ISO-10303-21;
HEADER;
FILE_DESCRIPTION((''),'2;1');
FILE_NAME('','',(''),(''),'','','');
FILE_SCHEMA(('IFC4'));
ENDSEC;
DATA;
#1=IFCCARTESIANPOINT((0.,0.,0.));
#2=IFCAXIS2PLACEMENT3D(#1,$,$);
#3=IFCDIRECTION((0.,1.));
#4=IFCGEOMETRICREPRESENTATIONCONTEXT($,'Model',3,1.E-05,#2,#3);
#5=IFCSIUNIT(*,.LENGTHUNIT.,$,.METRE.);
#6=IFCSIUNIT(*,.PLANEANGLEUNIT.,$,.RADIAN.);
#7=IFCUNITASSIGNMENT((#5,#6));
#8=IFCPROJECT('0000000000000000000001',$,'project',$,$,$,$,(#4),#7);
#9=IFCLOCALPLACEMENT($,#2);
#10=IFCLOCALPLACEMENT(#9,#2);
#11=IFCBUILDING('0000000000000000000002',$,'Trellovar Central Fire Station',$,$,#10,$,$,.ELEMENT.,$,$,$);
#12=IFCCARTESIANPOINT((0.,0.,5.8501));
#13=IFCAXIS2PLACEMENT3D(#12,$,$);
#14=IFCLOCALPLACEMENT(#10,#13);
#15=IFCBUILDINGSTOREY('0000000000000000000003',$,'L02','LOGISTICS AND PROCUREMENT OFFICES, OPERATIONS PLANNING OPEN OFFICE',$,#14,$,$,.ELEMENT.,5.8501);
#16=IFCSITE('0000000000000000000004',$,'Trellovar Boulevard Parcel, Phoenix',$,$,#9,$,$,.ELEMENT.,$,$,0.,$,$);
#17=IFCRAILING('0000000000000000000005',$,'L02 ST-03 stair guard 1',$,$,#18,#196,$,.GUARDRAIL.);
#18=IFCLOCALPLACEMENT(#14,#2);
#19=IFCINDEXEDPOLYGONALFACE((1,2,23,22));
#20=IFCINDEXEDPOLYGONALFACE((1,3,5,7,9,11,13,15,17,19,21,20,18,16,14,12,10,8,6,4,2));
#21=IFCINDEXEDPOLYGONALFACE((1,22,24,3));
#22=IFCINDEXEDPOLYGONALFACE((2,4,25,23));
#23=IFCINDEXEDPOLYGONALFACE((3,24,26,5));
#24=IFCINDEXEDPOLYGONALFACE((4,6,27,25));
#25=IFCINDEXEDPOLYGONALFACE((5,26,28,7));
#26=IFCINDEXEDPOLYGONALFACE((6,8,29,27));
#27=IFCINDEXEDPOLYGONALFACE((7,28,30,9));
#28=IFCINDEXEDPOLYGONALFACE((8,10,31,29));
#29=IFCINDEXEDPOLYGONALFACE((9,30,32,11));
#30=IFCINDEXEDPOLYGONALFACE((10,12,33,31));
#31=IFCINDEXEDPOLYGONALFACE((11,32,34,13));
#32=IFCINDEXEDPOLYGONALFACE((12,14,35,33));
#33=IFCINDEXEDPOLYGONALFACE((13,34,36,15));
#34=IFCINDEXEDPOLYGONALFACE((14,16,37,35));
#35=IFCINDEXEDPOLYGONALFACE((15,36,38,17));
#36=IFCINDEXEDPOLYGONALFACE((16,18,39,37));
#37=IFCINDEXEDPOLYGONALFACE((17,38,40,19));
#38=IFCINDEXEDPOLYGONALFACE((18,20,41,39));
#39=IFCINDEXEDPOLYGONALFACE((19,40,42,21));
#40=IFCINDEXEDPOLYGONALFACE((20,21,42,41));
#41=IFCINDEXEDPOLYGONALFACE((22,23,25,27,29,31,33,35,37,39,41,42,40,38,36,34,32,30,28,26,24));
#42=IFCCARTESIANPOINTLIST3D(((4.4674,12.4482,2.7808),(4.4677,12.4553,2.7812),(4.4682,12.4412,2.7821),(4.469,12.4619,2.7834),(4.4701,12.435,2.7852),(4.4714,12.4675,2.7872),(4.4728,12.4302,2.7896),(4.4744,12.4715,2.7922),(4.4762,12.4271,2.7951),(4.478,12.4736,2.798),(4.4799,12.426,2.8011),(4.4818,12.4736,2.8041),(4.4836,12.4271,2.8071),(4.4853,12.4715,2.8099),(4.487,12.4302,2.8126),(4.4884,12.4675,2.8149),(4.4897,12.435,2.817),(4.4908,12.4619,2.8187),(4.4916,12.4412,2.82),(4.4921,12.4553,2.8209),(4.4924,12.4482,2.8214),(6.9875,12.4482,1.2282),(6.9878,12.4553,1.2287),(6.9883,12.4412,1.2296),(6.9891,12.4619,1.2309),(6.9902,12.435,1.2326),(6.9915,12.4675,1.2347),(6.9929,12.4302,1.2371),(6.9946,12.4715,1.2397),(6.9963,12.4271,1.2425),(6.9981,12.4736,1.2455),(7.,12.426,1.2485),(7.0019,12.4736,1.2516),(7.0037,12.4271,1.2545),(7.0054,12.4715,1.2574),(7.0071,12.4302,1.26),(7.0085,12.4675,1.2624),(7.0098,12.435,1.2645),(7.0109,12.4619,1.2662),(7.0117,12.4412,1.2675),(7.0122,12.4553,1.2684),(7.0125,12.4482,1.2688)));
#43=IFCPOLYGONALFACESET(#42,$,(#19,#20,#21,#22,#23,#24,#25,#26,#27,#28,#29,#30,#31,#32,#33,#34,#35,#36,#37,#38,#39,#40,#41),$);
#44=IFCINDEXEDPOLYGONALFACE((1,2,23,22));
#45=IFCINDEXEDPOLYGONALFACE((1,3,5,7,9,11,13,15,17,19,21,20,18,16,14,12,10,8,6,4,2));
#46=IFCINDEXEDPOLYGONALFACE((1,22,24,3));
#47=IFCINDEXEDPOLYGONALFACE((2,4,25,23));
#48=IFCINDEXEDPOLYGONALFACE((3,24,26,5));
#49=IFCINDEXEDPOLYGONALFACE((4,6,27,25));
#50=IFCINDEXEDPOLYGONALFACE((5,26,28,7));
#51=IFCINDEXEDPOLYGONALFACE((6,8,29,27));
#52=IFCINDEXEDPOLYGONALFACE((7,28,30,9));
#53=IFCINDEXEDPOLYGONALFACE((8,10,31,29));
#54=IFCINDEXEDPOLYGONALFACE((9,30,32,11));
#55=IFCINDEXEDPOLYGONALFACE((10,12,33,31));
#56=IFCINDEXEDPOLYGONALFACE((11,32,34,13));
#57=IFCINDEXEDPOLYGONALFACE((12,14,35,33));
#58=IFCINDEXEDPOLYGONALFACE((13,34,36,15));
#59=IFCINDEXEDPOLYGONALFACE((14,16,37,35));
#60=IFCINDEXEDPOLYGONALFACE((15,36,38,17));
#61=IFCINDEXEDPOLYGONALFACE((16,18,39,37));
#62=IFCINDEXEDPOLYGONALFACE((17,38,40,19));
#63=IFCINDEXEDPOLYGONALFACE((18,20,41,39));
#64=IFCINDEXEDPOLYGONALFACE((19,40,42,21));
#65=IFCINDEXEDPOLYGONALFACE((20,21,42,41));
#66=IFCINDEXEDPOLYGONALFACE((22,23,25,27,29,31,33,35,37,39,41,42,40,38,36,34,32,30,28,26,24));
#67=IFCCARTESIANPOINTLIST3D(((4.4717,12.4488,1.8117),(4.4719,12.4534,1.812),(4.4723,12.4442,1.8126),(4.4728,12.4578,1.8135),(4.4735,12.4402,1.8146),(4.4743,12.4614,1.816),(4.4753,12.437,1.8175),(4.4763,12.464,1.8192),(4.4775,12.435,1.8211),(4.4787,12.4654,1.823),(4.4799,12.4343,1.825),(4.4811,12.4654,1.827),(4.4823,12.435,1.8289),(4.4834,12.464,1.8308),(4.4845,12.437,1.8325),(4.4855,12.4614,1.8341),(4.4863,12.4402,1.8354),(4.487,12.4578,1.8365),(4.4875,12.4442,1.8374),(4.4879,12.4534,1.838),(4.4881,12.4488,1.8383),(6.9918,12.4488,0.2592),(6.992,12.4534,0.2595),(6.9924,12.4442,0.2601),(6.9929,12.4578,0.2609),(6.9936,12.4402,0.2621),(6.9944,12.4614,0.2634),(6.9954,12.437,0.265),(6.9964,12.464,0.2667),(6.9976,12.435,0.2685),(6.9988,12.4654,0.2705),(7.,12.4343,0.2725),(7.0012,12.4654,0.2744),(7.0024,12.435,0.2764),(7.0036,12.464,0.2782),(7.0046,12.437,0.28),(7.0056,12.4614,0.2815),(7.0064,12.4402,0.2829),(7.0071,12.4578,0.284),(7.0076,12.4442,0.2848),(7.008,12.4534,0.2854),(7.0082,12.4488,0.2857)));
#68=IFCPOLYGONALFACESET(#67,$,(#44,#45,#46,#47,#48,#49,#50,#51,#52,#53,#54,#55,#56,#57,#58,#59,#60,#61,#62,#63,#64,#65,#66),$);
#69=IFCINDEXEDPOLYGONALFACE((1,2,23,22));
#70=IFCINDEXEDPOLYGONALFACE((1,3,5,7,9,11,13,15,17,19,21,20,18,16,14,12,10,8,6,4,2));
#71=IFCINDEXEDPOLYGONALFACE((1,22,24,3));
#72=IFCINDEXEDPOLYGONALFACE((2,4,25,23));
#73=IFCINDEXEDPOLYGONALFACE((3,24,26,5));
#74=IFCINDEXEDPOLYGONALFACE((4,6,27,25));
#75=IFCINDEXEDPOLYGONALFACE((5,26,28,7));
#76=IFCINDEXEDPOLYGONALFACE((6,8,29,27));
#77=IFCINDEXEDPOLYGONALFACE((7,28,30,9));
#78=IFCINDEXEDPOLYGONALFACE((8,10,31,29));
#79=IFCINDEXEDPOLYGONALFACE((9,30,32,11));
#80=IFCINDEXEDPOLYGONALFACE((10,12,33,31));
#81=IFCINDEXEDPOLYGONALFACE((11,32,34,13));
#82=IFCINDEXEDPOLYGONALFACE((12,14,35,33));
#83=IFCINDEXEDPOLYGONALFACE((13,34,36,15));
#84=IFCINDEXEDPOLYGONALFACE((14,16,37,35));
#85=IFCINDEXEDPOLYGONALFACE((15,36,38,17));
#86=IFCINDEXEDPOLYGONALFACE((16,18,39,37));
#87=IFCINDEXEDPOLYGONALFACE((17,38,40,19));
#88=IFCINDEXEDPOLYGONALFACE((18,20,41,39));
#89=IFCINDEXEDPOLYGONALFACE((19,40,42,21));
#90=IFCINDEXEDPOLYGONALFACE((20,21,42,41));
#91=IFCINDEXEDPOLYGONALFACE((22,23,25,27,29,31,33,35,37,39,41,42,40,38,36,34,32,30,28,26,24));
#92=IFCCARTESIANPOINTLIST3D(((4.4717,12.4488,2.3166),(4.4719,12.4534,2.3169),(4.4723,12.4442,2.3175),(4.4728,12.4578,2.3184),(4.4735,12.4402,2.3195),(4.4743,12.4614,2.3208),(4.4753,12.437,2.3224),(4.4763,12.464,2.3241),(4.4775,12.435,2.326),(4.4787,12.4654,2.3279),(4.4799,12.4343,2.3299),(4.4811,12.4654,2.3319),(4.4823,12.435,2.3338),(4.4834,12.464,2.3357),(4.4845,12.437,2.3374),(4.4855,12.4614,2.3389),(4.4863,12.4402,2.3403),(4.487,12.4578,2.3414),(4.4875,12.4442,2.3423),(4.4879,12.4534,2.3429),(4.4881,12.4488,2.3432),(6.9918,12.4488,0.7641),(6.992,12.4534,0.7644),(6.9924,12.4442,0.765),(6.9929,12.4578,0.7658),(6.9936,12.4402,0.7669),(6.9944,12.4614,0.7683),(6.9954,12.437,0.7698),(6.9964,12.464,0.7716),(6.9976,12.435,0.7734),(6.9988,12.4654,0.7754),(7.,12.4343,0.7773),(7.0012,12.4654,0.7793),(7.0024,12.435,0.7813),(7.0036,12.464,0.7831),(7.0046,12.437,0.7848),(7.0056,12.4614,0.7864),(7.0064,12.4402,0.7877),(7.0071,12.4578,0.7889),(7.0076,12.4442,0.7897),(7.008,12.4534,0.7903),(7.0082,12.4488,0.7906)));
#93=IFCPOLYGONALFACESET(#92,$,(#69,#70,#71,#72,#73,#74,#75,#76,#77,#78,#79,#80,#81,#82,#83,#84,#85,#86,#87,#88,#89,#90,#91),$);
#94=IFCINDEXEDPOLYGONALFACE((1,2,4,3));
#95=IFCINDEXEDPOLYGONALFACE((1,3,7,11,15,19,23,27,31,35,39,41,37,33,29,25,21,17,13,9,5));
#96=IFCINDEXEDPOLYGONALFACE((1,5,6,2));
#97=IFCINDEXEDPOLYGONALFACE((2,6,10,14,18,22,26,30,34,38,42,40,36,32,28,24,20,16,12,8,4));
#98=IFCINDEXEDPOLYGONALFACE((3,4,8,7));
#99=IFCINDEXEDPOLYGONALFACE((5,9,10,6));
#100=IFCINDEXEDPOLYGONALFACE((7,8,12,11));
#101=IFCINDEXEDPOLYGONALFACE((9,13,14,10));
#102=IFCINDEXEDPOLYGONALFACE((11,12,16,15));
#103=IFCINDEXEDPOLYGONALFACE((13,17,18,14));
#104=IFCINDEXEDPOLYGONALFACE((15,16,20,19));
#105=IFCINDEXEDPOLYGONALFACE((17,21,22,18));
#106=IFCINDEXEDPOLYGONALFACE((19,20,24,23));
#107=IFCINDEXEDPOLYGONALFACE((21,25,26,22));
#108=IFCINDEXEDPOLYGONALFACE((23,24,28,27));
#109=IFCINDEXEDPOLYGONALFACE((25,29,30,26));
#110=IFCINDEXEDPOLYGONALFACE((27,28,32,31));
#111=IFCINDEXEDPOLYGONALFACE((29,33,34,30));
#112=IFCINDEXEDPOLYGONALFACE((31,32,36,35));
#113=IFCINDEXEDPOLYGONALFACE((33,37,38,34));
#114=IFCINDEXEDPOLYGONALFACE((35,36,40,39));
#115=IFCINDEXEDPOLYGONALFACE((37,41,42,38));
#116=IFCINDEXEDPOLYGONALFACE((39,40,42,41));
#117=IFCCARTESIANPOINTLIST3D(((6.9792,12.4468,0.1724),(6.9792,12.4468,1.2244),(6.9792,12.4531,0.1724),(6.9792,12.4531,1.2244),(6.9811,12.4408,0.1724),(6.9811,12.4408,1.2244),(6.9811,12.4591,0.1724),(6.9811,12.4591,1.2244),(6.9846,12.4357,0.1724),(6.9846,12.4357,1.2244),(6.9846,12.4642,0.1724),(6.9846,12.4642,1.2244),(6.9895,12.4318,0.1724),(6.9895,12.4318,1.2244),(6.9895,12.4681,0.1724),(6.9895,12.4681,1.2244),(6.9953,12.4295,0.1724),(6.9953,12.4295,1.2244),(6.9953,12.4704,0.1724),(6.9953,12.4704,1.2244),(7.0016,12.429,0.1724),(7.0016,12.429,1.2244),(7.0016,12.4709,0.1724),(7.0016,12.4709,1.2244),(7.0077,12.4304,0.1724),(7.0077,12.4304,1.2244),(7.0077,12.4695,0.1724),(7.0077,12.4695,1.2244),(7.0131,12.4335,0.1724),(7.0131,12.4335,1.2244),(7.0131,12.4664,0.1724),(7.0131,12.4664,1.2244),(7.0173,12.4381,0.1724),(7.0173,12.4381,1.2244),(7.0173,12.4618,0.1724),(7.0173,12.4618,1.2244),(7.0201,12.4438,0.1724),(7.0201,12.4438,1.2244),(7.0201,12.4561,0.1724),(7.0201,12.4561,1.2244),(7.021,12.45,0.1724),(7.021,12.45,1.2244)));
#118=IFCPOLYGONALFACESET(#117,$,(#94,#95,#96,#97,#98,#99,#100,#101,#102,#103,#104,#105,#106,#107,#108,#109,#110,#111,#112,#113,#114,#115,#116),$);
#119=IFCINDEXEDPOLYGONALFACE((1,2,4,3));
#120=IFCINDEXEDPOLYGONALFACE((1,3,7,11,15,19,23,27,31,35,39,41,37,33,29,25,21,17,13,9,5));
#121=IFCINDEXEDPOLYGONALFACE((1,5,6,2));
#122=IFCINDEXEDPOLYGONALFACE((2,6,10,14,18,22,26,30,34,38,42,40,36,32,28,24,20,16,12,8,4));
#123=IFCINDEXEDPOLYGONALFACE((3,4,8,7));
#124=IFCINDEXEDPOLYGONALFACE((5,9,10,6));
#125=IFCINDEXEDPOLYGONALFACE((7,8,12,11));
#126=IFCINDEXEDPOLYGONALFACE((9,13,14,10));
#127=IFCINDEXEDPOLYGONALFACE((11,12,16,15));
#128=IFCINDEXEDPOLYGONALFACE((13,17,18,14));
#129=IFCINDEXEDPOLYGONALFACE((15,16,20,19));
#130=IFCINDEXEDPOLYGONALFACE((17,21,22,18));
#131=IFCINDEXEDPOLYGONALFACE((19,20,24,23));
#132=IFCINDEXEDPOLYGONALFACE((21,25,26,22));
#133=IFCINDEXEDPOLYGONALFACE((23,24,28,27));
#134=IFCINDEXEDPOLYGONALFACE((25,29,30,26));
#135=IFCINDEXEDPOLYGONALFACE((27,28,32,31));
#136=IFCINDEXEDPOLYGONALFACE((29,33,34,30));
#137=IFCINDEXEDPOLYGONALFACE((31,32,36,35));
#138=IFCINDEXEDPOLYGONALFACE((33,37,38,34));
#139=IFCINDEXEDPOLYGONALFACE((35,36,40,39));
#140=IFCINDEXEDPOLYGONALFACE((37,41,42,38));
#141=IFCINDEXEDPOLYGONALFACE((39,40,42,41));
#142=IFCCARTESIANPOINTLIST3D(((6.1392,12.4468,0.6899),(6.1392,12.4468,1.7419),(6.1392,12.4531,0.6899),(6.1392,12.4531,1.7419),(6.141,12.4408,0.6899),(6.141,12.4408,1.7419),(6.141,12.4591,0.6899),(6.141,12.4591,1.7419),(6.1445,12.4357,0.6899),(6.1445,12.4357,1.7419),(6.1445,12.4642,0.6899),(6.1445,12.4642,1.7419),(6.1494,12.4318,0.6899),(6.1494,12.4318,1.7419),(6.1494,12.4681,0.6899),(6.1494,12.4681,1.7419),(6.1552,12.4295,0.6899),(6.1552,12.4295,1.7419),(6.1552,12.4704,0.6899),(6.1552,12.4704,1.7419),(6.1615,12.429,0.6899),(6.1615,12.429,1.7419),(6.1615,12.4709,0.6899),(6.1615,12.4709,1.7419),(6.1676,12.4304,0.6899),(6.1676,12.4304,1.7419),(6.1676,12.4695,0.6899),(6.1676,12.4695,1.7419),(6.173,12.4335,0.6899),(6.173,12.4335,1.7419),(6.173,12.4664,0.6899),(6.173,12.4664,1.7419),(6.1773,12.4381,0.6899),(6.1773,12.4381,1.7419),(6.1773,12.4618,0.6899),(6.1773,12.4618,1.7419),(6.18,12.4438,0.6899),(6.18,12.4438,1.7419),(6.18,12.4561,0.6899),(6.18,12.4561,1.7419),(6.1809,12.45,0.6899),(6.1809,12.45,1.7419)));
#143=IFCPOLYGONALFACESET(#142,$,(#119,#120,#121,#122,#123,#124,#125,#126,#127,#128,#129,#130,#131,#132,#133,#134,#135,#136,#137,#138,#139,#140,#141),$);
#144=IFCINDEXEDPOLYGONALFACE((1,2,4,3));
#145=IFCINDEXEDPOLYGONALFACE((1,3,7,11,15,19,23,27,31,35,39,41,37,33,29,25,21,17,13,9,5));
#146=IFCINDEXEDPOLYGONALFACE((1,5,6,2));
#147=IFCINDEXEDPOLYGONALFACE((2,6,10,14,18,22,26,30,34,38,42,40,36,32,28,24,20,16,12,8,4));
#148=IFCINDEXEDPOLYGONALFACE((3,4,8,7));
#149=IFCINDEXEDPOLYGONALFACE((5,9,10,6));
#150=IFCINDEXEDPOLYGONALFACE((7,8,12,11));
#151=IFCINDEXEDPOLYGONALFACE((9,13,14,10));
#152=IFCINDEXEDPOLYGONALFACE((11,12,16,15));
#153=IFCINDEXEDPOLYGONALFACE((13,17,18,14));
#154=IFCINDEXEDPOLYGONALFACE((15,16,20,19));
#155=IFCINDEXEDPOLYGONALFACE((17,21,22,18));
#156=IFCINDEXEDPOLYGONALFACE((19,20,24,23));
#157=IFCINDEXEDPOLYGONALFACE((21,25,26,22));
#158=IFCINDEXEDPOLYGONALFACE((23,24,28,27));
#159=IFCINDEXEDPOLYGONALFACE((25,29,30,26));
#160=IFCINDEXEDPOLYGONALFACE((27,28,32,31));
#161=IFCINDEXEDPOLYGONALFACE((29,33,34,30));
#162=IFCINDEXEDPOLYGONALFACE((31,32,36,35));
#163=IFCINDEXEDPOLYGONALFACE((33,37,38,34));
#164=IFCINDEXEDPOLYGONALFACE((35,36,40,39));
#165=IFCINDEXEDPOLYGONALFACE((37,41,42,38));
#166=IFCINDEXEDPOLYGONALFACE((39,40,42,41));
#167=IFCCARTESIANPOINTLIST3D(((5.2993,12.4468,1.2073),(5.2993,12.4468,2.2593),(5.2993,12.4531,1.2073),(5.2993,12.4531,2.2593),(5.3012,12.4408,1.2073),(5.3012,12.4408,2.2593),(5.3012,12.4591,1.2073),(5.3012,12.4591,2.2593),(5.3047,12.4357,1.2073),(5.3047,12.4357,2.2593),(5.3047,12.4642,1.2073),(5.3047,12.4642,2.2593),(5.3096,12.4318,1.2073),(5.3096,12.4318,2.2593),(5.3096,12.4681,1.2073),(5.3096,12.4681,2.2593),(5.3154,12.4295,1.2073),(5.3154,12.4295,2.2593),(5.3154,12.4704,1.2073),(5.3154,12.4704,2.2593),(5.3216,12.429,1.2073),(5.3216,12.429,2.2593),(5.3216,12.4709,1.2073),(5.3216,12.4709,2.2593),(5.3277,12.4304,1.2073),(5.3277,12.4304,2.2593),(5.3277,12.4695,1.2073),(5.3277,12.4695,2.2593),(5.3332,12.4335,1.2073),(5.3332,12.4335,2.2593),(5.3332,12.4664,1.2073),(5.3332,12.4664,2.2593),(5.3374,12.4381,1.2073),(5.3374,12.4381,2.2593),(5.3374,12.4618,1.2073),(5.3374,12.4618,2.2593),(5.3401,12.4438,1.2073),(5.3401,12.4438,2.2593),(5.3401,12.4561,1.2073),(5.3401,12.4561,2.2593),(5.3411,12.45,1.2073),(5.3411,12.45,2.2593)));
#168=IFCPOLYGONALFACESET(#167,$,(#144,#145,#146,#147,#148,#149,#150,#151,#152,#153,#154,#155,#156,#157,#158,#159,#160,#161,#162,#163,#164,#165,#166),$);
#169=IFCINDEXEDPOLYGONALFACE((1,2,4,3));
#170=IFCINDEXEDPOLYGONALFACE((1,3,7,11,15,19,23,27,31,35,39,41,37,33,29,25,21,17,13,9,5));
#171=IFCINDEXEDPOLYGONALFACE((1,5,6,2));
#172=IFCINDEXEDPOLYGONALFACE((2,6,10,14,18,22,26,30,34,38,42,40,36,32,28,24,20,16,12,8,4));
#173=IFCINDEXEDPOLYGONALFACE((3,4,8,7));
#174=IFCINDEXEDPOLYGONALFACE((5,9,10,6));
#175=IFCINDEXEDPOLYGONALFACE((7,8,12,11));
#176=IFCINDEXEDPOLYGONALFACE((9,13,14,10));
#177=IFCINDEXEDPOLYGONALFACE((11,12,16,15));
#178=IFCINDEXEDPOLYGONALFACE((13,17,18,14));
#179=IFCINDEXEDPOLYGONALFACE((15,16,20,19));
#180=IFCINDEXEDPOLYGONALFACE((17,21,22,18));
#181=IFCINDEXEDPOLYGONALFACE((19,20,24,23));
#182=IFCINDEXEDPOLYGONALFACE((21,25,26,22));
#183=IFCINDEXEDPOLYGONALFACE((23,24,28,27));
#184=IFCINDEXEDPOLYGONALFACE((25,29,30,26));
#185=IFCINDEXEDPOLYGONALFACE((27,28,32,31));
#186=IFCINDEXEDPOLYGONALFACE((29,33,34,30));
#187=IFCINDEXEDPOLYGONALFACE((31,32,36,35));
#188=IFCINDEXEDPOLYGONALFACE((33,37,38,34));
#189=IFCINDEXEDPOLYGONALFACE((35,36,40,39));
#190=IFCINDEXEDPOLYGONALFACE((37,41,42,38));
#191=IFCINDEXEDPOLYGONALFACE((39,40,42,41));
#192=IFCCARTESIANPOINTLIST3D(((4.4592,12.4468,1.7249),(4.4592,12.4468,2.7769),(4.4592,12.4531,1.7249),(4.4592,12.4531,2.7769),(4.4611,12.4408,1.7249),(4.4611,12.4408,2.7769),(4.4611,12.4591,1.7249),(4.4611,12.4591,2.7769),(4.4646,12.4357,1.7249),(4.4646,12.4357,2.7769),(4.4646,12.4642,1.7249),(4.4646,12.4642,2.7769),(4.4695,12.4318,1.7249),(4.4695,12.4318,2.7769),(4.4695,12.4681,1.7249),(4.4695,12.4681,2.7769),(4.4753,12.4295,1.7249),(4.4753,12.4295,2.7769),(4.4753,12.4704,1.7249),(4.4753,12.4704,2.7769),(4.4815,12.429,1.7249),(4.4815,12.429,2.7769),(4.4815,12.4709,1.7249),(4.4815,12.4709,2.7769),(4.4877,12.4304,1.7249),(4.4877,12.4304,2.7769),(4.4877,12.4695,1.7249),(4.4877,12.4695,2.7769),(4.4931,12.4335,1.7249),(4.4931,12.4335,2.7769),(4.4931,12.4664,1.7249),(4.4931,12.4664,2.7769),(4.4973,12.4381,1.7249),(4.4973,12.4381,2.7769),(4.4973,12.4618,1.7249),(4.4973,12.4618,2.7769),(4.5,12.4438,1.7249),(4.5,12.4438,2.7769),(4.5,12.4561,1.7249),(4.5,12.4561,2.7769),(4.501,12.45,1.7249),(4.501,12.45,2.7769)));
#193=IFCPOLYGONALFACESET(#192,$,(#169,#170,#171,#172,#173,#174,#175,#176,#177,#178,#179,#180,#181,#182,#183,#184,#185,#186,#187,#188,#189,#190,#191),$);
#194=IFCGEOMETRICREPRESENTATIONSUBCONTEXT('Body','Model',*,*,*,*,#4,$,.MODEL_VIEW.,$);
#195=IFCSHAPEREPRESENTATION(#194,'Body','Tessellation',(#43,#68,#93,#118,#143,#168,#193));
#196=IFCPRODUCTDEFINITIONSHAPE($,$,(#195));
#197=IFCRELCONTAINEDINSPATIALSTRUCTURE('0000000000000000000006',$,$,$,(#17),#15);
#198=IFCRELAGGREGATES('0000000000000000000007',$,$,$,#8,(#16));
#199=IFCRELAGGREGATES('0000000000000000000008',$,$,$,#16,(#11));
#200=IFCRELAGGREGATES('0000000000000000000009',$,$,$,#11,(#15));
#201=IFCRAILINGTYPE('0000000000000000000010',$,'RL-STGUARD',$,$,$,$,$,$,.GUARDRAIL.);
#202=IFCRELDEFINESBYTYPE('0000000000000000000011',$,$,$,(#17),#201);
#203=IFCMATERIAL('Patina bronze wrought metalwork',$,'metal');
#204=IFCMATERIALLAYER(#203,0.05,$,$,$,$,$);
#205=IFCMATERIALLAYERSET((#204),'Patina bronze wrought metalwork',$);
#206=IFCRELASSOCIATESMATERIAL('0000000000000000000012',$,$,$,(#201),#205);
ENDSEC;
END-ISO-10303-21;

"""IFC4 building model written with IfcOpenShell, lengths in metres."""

from ifc_helpers import new_model, si_unit, direction, frame, origin, origin_2d, place, context, subcontext, project, spatial, circle, extrude, material, layer, layer_set, type_object, element, save


model = new_model("IFC4")

# Units and contexts
model_context = context("Model", 3, precision=1e-05, world=origin(), true_north=direction((0.0, 1.0)))
body_context = subcontext(model_context, "Body", "Model", "MODEL_VIEW")
ifc_project = project(units=[si_unit("LENGTHUNIT", "METRE"), si_unit("PLANEANGLEUNIT", "RADIAN")], contexts=[model_context])

# Site, building, storey
site_placement = place(None, origin())
site = spatial("IfcSite", under=ifc_project, at=site_placement, Name="Trellovar Boulevard Parcel, Phoenix", CompositionType="ELEMENT", RefElevation=0.0)
building_placement = place(site_placement, origin())
building = spatial("IfcBuilding", under=site, at=building_placement, Name="Trellovar Central Fire Station", CompositionType="ELEMENT")
storey_placement = place(building_placement, frame((0.0, 0.0, 5.8501)))
storey = spatial("IfcBuildingStorey", under=building, at=storey_placement, Name="L02", Description="LOGISTICS AND PROCUREMENT OFFICES, OPERATIONS PLANNING OPEN OFFICE", CompositionType="ELEMENT", Elevation=5.8501)

# Railing
ifc_material_1 = material(Name="Patina bronze wrought metalwork", Category="metal")
ifc_layer_1 = layer(ifc_material_1, 0.05)
ifc_layer_set_1 = layer_set([ifc_layer_1], Name="Patina bronze wrought metalwork")
railing_type_1 = type_object("IfcRailingType", Name="RL-STGUARD", PredefinedType="GUARDRAIL", material=ifc_layer_set_1)
railing_1_placement = place(storey_placement, frame((7.0, 12.45, 0.1724)))
element("IfcRailing", 1, at=railing_1_placement, inside=storey, type_object=railing_type_1, Name="L02 ST-03 stair guard 1", PredefinedType="GUARDRAIL", context=body_context, shape_type="SweptSolid", body=[
    extrude(circle(Radius=0.0239, at=origin_2d()), frame((0.0, 0.0, 1.0762), z_axis=(-0.8514, 0.0, 0.524516), x_axis=(0.0, -1.0, 0.0)), (0.0, 0.0, 1.0), 2.96),
    extrude(circle(Radius=0.0156, at=origin_2d()), frame((0.0, 0.0, 0.1001), z_axis=(-0.8514, 0.0, 0.524516), x_axis=(0.0, -1.0, 0.0)), (0.0, 0.0, 1.0), 2.96),
    extrude(circle(Radius=0.0156, at=origin_2d()), frame((0.0, 0.0, 0.605), z_axis=(-0.8514, 0.0, 0.524516), x_axis=(0.0, -1.0, 0.0)), (0.0, 0.0, 1.0), 2.96),
    extrude(circle(Radius=0.021, at=origin_2d()), origin(), (0.0, 0.0, 1.0), 1.052),
    extrude(circle(Radius=0.021, at=origin_2d()), frame((-0.8401, 0.0, 0.5176)), (0.0, 0.0, 1.0), 1.052),
    extrude(circle(Radius=0.021, at=origin_2d()), frame((-1.6799, 0.0, 1.0349)), (0.0, 0.0, 1.0), 1.052),
    extrude(circle(Radius=0.021, at=origin_2d()), frame((-2.52, 0.0, 1.5525)), (0.0, 0.0, 1.0), 1.052),
])

save(model, "model.ifc")
